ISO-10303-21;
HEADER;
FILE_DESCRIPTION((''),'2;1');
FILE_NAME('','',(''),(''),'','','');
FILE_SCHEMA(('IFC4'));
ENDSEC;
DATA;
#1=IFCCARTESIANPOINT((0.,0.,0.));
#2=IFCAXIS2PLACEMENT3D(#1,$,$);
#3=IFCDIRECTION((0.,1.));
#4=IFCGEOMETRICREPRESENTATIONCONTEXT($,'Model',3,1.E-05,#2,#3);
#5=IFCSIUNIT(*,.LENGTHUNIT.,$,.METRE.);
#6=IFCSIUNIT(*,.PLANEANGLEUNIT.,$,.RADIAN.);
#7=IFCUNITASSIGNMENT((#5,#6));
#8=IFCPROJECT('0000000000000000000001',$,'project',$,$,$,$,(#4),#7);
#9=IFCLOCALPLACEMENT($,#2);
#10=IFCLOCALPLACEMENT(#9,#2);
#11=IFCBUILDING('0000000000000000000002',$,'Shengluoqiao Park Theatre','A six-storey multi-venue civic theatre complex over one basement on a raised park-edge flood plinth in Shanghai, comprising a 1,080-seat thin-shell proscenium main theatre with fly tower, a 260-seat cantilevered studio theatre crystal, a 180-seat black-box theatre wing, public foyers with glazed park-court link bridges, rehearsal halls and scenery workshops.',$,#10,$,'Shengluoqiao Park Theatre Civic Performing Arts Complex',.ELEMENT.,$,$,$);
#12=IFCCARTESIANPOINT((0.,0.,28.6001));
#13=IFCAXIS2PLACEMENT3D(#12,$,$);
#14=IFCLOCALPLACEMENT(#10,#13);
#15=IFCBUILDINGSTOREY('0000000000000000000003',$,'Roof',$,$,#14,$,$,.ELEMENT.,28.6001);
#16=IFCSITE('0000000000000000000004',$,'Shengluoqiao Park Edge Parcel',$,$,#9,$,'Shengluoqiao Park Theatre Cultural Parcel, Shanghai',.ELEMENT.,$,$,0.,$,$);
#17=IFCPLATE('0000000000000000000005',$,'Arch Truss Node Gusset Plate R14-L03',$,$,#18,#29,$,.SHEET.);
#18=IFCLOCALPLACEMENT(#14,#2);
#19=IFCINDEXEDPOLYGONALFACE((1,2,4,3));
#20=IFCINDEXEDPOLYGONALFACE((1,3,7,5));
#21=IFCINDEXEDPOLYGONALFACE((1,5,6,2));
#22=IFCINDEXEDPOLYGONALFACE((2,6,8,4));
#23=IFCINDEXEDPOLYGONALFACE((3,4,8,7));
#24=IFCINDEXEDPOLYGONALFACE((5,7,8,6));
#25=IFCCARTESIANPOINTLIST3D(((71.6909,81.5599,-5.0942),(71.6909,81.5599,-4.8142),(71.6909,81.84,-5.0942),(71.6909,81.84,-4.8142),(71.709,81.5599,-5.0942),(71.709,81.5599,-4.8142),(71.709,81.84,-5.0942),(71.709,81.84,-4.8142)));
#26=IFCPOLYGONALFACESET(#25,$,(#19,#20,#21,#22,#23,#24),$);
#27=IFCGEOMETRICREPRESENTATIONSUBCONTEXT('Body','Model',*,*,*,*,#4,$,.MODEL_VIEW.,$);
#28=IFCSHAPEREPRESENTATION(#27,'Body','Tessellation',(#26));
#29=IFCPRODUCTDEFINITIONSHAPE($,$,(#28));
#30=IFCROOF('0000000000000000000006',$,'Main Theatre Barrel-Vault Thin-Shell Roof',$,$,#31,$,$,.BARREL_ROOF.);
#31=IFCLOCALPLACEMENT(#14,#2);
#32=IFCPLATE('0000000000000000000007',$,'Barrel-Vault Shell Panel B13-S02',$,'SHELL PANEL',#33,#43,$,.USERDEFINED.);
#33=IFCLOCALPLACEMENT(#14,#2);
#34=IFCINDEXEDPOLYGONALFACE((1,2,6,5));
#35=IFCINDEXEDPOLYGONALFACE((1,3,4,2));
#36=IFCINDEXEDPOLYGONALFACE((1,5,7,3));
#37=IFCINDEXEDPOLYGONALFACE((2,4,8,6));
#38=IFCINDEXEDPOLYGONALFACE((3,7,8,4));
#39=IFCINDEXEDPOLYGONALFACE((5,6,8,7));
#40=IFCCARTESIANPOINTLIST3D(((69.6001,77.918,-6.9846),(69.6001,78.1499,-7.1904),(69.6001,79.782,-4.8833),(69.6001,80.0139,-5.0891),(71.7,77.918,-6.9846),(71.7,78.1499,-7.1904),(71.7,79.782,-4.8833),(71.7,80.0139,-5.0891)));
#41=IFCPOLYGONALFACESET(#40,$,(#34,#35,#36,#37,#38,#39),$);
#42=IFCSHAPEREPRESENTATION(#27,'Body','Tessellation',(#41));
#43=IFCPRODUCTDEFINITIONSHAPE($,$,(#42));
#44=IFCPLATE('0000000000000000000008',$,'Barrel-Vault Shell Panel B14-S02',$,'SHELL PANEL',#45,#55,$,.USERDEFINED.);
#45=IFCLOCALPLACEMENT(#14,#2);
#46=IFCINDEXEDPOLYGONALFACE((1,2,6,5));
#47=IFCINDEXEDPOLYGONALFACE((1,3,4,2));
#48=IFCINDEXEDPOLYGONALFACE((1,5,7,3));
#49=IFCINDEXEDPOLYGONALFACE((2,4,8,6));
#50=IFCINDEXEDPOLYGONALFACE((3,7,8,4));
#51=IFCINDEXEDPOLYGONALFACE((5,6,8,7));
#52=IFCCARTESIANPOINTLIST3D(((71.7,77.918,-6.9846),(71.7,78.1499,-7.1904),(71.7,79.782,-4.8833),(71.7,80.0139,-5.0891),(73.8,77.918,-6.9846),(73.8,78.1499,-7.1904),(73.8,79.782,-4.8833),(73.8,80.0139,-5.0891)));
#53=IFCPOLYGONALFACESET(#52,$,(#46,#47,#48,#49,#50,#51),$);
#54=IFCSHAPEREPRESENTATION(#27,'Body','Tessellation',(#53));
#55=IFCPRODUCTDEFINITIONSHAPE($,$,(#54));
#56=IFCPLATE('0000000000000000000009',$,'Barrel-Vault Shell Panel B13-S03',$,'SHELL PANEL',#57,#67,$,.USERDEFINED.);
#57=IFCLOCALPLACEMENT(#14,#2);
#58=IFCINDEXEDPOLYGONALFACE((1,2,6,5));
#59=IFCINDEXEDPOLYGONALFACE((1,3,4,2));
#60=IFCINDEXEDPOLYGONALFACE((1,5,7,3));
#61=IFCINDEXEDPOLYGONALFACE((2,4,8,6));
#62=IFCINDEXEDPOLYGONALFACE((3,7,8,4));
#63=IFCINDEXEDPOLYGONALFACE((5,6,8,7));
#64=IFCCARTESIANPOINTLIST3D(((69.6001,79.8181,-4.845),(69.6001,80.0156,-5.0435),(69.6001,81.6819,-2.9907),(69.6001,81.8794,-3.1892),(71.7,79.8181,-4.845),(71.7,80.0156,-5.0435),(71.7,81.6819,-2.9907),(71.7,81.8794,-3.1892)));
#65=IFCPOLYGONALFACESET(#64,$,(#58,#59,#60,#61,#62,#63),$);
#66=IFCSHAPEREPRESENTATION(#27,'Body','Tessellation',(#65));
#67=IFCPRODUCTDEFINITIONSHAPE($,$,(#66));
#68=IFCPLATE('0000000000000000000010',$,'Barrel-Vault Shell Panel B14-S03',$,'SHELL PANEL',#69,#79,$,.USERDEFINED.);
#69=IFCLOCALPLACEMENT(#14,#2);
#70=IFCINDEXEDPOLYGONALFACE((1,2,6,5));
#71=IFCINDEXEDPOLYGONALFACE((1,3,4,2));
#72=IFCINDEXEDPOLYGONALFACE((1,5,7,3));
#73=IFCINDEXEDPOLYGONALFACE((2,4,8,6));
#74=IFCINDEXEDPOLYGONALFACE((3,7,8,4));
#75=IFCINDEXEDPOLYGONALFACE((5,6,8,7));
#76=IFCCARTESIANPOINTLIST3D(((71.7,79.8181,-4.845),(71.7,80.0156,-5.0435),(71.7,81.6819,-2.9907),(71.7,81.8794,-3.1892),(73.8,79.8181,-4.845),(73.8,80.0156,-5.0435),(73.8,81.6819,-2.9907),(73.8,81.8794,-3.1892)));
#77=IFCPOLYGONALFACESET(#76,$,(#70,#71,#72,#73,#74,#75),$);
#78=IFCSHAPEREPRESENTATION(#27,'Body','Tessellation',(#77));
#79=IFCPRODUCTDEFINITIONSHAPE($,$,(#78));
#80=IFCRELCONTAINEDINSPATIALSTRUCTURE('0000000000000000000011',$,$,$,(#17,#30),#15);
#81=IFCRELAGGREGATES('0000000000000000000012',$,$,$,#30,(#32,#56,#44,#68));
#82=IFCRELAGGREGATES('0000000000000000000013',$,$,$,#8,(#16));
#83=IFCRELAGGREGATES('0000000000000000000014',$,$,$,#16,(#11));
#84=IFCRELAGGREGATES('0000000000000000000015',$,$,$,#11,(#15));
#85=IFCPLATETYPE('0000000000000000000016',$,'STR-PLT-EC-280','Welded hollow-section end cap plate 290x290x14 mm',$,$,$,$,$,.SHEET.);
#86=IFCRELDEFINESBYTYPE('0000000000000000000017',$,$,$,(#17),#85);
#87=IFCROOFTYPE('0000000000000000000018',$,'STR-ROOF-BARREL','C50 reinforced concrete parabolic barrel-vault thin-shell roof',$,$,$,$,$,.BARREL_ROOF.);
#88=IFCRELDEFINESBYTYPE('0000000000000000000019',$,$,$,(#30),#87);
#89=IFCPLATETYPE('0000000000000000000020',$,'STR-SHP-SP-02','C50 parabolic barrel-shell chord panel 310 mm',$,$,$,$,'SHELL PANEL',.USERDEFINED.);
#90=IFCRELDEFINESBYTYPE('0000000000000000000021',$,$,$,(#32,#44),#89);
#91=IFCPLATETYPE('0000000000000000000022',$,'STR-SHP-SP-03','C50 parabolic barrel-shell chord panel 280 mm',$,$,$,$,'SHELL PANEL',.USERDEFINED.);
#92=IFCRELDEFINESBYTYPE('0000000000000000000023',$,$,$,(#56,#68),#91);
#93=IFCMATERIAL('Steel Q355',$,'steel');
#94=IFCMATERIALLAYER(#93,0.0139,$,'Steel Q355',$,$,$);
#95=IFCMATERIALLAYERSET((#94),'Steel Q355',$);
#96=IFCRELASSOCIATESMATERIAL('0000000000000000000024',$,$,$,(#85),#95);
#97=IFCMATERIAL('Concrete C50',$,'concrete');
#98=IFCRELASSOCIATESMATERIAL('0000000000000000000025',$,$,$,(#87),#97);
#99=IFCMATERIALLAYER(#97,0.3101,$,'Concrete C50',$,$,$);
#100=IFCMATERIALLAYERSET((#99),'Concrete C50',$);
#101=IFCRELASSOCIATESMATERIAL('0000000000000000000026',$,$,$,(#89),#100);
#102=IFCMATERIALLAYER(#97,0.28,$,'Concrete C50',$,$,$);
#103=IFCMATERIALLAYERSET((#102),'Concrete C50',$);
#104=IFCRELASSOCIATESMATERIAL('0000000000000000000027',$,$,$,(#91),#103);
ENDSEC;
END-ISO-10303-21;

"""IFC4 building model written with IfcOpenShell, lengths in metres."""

from ifc_helpers import new_model, si_unit, direction, frame, origin, origin_2d, place, context, subcontext, project, spatial, polyline, rectangle, outline, extrude, material, layer, layer_set, type_object, element, aggregate, save


model = new_model("IFC4")

# Units and contexts
model_context = context("Model", 3, precision=1e-05, world=origin(), true_north=direction((0.0, 1.0)))
body_context = subcontext(model_context, "Body", "Model", "MODEL_VIEW")
ifc_project = project(units=[si_unit("LENGTHUNIT", "METRE"), si_unit("PLANEANGLEUNIT", "RADIAN")], contexts=[model_context])

# Site, building, storey
site_placement = place(None, origin())
site = spatial("IfcSite", under=ifc_project, at=site_placement, Name="Shengluoqiao Park Edge Parcel", LongName="Shengluoqiao Park Theatre Cultural Parcel, Shanghai", CompositionType="ELEMENT", RefElevation=0.0)
building_placement = place(site_placement, origin())
building = spatial("IfcBuilding", under=site, at=building_placement, Name="Shengluoqiao Park Theatre", Description="A six-storey multi-venue civic theatre complex over one basement on a raised park-edge flood plinth in Shanghai, comprising a 1,080-seat thin-shell proscenium main theatre with fly tower, a 260-seat cantilevered studio theatre crystal, a 180-seat black-box theatre wing, public foyers with glazed park-court link bridges, rehearsal halls and scenery workshops.", LongName="Shengluoqiao Park Theatre Civic Performing Arts Complex", CompositionType="ELEMENT")
storey_placement = place(building_placement, frame((0.0, 0.0, 28.6001)))
storey = spatial("IfcBuildingStorey", under=building, at=storey_placement, Name="Roof", CompositionType="ELEMENT", Elevation=28.6001)

# Shared definitions
ifc_material_1 = material(Name="Concrete C50", Category="concrete")
ifc_material_2 = material(Name="Steel Q355", Category="steel")

# Plate
ifc_layer_1 = layer(ifc_material_2, 0.0139, Name="Steel Q355")
ifc_layer_set_1 = layer_set([ifc_layer_1], Name="Steel Q355")
plate_type_1 = type_object("IfcPlateType", Name="STR-PLT-EC-280", Description="Welded hollow-section end cap plate 290x290x14 mm", PredefinedType="SHEET", material=ifc_layer_set_1)
for number, where, z_axis, x_axis, name in (
    (1, (71.7, 81.7, -5.0942), (0.0, 0.0, 1.0), (1.0, 0.0, 0.0), "Arch Truss Node Gusset Plate R14-L03"),
):
    element("IfcPlate", number, at=place(storey_placement, frame(where, z_axis=z_axis, x_axis=x_axis)), inside=storey, type_object=plate_type_1, Name=name, PredefinedType="SHEET", context=body_context, shape_type="SweptSolid", body=[
        extrude(rectangle(XDim=0.0181, YDim=0.28, at=origin_2d()), origin(), (0.0, 0.0, 1.0), 0.28),
    ])

# Roof, plates
roof_type = type_object("IfcRoofType", Name="STR-ROOF-BARREL", Description="C50 reinforced concrete parabolic barrel-vault thin-shell roof", PredefinedType="BARREL_ROOF", material=ifc_material_1)
roof_placement = place(storey_placement, origin())
roof = element("IfcRoof", 2, at=roof_placement, inside=storey, type_object=roof_type, Name="Main Theatre Barrel-Vault Thin-Shell Roof", PredefinedType="BARREL_ROOF")
ifc_layer_2 = layer(ifc_material_1, 0.3101, Name="Concrete C50")
ifc_layer_set_2 = layer_set([ifc_layer_2], Name="Concrete C50")
plate_type_2 = type_object("IfcPlateType", Name="STR-SHP-SP-02", Description="C50 parabolic barrel-shell chord panel 310 mm", ElementType="SHELL PANEL", PredefinedType="USERDEFINED", material=ifc_layer_set_2)
plate_1_placement = place(storey_placement, frame((69.6001, 77.918, -6.9846), z_axis=(0.0, -0.748085, 0.663603), x_axis=(1.0, 0.0, 0.0)))
plate_1 = element("IfcPlate", 3, at=plate_1_placement, type_object=plate_type_2, Name="Barrel-Vault Shell Panel B13-S02", ObjectType="SHELL PANEL", PredefinedType="USERDEFINED", context=body_context, shape_type="SweptSolid", body=[
    extrude(outline(polyline([(0.0, 0.0), (2.0999, 0.0), (2.0999, 2.8089), (0.0, 2.8089), (0.0, 0.0)])), origin(), (0.0, 0.0, -1.0), 0.3101),
])
plate_2_placement = place(storey_placement, frame((71.7, 77.918, -6.9846), z_axis=(0.0, -0.748085, 0.663603), x_axis=(1.0, 0.0, 0.0)))
plate_2 = element("IfcPlate", 4, at=plate_2_placement, type_object=plate_type_2, Name="Barrel-Vault Shell Panel B14-S02", ObjectType="SHELL PANEL", PredefinedType="USERDEFINED", context=body_context, shape_type="SweptSolid", body=[
    extrude(outline(polyline([(0.0, 0.0), (2.1001, 0.0), (2.1001, 2.8089), (0.0, 2.8089), (0.0, 0.0)])), origin(), (0.0, 0.0, -1.0), 0.3101),
])
ifc_layer_3 = layer(ifc_material_1, 0.28, Name="Concrete C50")
ifc_layer_set_3 = layer_set([ifc_layer_3], Name="Concrete C50")
plate_type_3 = type_object("IfcPlateType", Name="STR-SHP-SP-03", Description="C50 parabolic barrel-shell chord panel 280 mm", ElementType="SHELL PANEL", PredefinedType="USERDEFINED", material=ifc_layer_set_3)
plate_3_placement = place(storey_placement, frame((69.6001, 79.8181, -4.845), z_axis=(0.0, -0.705294, 0.708915), x_axis=(1.0, 0.0, 0.0)))
plate_3 = element("IfcPlate", 5, at=plate_3_placement, type_object=plate_type_3, Name="Barrel-Vault Shell Panel B13-S03", ObjectType="SHELL PANEL", PredefinedType="USERDEFINED", context=body_context, shape_type="SweptSolid", body=[
    extrude(outline(polyline([(0.0, 0.0), (2.0999, 0.0), (2.0999, 2.629), (0.0, 2.629), (0.0, 0.0)])), origin(), (0.0, 0.0, -1.0), 0.28),
])
plate_4_placement = place(storey_placement, frame((71.7, 79.8181, -4.845), z_axis=(0.0, -0.705294, 0.708915), x_axis=(1.0, 0.0, 0.0)))
plate_4 = element("IfcPlate", 6, at=plate_4_placement, type_object=plate_type_3, Name="Barrel-Vault Shell Panel B14-S03", ObjectType="SHELL PANEL", PredefinedType="USERDEFINED", context=body_context, shape_type="SweptSolid", body=[
    extrude(outline(polyline([(0.0, 0.0), (2.1001, 0.0), (2.1001, 2.629), (0.0, 2.629), (0.0, 0.0)])), origin(), (0.0, 0.0, -1.0), 0.28),
])
aggregate(roof, [plate_1, plate_3, plate_2, plate_4])

save(model, "model.ifc")
